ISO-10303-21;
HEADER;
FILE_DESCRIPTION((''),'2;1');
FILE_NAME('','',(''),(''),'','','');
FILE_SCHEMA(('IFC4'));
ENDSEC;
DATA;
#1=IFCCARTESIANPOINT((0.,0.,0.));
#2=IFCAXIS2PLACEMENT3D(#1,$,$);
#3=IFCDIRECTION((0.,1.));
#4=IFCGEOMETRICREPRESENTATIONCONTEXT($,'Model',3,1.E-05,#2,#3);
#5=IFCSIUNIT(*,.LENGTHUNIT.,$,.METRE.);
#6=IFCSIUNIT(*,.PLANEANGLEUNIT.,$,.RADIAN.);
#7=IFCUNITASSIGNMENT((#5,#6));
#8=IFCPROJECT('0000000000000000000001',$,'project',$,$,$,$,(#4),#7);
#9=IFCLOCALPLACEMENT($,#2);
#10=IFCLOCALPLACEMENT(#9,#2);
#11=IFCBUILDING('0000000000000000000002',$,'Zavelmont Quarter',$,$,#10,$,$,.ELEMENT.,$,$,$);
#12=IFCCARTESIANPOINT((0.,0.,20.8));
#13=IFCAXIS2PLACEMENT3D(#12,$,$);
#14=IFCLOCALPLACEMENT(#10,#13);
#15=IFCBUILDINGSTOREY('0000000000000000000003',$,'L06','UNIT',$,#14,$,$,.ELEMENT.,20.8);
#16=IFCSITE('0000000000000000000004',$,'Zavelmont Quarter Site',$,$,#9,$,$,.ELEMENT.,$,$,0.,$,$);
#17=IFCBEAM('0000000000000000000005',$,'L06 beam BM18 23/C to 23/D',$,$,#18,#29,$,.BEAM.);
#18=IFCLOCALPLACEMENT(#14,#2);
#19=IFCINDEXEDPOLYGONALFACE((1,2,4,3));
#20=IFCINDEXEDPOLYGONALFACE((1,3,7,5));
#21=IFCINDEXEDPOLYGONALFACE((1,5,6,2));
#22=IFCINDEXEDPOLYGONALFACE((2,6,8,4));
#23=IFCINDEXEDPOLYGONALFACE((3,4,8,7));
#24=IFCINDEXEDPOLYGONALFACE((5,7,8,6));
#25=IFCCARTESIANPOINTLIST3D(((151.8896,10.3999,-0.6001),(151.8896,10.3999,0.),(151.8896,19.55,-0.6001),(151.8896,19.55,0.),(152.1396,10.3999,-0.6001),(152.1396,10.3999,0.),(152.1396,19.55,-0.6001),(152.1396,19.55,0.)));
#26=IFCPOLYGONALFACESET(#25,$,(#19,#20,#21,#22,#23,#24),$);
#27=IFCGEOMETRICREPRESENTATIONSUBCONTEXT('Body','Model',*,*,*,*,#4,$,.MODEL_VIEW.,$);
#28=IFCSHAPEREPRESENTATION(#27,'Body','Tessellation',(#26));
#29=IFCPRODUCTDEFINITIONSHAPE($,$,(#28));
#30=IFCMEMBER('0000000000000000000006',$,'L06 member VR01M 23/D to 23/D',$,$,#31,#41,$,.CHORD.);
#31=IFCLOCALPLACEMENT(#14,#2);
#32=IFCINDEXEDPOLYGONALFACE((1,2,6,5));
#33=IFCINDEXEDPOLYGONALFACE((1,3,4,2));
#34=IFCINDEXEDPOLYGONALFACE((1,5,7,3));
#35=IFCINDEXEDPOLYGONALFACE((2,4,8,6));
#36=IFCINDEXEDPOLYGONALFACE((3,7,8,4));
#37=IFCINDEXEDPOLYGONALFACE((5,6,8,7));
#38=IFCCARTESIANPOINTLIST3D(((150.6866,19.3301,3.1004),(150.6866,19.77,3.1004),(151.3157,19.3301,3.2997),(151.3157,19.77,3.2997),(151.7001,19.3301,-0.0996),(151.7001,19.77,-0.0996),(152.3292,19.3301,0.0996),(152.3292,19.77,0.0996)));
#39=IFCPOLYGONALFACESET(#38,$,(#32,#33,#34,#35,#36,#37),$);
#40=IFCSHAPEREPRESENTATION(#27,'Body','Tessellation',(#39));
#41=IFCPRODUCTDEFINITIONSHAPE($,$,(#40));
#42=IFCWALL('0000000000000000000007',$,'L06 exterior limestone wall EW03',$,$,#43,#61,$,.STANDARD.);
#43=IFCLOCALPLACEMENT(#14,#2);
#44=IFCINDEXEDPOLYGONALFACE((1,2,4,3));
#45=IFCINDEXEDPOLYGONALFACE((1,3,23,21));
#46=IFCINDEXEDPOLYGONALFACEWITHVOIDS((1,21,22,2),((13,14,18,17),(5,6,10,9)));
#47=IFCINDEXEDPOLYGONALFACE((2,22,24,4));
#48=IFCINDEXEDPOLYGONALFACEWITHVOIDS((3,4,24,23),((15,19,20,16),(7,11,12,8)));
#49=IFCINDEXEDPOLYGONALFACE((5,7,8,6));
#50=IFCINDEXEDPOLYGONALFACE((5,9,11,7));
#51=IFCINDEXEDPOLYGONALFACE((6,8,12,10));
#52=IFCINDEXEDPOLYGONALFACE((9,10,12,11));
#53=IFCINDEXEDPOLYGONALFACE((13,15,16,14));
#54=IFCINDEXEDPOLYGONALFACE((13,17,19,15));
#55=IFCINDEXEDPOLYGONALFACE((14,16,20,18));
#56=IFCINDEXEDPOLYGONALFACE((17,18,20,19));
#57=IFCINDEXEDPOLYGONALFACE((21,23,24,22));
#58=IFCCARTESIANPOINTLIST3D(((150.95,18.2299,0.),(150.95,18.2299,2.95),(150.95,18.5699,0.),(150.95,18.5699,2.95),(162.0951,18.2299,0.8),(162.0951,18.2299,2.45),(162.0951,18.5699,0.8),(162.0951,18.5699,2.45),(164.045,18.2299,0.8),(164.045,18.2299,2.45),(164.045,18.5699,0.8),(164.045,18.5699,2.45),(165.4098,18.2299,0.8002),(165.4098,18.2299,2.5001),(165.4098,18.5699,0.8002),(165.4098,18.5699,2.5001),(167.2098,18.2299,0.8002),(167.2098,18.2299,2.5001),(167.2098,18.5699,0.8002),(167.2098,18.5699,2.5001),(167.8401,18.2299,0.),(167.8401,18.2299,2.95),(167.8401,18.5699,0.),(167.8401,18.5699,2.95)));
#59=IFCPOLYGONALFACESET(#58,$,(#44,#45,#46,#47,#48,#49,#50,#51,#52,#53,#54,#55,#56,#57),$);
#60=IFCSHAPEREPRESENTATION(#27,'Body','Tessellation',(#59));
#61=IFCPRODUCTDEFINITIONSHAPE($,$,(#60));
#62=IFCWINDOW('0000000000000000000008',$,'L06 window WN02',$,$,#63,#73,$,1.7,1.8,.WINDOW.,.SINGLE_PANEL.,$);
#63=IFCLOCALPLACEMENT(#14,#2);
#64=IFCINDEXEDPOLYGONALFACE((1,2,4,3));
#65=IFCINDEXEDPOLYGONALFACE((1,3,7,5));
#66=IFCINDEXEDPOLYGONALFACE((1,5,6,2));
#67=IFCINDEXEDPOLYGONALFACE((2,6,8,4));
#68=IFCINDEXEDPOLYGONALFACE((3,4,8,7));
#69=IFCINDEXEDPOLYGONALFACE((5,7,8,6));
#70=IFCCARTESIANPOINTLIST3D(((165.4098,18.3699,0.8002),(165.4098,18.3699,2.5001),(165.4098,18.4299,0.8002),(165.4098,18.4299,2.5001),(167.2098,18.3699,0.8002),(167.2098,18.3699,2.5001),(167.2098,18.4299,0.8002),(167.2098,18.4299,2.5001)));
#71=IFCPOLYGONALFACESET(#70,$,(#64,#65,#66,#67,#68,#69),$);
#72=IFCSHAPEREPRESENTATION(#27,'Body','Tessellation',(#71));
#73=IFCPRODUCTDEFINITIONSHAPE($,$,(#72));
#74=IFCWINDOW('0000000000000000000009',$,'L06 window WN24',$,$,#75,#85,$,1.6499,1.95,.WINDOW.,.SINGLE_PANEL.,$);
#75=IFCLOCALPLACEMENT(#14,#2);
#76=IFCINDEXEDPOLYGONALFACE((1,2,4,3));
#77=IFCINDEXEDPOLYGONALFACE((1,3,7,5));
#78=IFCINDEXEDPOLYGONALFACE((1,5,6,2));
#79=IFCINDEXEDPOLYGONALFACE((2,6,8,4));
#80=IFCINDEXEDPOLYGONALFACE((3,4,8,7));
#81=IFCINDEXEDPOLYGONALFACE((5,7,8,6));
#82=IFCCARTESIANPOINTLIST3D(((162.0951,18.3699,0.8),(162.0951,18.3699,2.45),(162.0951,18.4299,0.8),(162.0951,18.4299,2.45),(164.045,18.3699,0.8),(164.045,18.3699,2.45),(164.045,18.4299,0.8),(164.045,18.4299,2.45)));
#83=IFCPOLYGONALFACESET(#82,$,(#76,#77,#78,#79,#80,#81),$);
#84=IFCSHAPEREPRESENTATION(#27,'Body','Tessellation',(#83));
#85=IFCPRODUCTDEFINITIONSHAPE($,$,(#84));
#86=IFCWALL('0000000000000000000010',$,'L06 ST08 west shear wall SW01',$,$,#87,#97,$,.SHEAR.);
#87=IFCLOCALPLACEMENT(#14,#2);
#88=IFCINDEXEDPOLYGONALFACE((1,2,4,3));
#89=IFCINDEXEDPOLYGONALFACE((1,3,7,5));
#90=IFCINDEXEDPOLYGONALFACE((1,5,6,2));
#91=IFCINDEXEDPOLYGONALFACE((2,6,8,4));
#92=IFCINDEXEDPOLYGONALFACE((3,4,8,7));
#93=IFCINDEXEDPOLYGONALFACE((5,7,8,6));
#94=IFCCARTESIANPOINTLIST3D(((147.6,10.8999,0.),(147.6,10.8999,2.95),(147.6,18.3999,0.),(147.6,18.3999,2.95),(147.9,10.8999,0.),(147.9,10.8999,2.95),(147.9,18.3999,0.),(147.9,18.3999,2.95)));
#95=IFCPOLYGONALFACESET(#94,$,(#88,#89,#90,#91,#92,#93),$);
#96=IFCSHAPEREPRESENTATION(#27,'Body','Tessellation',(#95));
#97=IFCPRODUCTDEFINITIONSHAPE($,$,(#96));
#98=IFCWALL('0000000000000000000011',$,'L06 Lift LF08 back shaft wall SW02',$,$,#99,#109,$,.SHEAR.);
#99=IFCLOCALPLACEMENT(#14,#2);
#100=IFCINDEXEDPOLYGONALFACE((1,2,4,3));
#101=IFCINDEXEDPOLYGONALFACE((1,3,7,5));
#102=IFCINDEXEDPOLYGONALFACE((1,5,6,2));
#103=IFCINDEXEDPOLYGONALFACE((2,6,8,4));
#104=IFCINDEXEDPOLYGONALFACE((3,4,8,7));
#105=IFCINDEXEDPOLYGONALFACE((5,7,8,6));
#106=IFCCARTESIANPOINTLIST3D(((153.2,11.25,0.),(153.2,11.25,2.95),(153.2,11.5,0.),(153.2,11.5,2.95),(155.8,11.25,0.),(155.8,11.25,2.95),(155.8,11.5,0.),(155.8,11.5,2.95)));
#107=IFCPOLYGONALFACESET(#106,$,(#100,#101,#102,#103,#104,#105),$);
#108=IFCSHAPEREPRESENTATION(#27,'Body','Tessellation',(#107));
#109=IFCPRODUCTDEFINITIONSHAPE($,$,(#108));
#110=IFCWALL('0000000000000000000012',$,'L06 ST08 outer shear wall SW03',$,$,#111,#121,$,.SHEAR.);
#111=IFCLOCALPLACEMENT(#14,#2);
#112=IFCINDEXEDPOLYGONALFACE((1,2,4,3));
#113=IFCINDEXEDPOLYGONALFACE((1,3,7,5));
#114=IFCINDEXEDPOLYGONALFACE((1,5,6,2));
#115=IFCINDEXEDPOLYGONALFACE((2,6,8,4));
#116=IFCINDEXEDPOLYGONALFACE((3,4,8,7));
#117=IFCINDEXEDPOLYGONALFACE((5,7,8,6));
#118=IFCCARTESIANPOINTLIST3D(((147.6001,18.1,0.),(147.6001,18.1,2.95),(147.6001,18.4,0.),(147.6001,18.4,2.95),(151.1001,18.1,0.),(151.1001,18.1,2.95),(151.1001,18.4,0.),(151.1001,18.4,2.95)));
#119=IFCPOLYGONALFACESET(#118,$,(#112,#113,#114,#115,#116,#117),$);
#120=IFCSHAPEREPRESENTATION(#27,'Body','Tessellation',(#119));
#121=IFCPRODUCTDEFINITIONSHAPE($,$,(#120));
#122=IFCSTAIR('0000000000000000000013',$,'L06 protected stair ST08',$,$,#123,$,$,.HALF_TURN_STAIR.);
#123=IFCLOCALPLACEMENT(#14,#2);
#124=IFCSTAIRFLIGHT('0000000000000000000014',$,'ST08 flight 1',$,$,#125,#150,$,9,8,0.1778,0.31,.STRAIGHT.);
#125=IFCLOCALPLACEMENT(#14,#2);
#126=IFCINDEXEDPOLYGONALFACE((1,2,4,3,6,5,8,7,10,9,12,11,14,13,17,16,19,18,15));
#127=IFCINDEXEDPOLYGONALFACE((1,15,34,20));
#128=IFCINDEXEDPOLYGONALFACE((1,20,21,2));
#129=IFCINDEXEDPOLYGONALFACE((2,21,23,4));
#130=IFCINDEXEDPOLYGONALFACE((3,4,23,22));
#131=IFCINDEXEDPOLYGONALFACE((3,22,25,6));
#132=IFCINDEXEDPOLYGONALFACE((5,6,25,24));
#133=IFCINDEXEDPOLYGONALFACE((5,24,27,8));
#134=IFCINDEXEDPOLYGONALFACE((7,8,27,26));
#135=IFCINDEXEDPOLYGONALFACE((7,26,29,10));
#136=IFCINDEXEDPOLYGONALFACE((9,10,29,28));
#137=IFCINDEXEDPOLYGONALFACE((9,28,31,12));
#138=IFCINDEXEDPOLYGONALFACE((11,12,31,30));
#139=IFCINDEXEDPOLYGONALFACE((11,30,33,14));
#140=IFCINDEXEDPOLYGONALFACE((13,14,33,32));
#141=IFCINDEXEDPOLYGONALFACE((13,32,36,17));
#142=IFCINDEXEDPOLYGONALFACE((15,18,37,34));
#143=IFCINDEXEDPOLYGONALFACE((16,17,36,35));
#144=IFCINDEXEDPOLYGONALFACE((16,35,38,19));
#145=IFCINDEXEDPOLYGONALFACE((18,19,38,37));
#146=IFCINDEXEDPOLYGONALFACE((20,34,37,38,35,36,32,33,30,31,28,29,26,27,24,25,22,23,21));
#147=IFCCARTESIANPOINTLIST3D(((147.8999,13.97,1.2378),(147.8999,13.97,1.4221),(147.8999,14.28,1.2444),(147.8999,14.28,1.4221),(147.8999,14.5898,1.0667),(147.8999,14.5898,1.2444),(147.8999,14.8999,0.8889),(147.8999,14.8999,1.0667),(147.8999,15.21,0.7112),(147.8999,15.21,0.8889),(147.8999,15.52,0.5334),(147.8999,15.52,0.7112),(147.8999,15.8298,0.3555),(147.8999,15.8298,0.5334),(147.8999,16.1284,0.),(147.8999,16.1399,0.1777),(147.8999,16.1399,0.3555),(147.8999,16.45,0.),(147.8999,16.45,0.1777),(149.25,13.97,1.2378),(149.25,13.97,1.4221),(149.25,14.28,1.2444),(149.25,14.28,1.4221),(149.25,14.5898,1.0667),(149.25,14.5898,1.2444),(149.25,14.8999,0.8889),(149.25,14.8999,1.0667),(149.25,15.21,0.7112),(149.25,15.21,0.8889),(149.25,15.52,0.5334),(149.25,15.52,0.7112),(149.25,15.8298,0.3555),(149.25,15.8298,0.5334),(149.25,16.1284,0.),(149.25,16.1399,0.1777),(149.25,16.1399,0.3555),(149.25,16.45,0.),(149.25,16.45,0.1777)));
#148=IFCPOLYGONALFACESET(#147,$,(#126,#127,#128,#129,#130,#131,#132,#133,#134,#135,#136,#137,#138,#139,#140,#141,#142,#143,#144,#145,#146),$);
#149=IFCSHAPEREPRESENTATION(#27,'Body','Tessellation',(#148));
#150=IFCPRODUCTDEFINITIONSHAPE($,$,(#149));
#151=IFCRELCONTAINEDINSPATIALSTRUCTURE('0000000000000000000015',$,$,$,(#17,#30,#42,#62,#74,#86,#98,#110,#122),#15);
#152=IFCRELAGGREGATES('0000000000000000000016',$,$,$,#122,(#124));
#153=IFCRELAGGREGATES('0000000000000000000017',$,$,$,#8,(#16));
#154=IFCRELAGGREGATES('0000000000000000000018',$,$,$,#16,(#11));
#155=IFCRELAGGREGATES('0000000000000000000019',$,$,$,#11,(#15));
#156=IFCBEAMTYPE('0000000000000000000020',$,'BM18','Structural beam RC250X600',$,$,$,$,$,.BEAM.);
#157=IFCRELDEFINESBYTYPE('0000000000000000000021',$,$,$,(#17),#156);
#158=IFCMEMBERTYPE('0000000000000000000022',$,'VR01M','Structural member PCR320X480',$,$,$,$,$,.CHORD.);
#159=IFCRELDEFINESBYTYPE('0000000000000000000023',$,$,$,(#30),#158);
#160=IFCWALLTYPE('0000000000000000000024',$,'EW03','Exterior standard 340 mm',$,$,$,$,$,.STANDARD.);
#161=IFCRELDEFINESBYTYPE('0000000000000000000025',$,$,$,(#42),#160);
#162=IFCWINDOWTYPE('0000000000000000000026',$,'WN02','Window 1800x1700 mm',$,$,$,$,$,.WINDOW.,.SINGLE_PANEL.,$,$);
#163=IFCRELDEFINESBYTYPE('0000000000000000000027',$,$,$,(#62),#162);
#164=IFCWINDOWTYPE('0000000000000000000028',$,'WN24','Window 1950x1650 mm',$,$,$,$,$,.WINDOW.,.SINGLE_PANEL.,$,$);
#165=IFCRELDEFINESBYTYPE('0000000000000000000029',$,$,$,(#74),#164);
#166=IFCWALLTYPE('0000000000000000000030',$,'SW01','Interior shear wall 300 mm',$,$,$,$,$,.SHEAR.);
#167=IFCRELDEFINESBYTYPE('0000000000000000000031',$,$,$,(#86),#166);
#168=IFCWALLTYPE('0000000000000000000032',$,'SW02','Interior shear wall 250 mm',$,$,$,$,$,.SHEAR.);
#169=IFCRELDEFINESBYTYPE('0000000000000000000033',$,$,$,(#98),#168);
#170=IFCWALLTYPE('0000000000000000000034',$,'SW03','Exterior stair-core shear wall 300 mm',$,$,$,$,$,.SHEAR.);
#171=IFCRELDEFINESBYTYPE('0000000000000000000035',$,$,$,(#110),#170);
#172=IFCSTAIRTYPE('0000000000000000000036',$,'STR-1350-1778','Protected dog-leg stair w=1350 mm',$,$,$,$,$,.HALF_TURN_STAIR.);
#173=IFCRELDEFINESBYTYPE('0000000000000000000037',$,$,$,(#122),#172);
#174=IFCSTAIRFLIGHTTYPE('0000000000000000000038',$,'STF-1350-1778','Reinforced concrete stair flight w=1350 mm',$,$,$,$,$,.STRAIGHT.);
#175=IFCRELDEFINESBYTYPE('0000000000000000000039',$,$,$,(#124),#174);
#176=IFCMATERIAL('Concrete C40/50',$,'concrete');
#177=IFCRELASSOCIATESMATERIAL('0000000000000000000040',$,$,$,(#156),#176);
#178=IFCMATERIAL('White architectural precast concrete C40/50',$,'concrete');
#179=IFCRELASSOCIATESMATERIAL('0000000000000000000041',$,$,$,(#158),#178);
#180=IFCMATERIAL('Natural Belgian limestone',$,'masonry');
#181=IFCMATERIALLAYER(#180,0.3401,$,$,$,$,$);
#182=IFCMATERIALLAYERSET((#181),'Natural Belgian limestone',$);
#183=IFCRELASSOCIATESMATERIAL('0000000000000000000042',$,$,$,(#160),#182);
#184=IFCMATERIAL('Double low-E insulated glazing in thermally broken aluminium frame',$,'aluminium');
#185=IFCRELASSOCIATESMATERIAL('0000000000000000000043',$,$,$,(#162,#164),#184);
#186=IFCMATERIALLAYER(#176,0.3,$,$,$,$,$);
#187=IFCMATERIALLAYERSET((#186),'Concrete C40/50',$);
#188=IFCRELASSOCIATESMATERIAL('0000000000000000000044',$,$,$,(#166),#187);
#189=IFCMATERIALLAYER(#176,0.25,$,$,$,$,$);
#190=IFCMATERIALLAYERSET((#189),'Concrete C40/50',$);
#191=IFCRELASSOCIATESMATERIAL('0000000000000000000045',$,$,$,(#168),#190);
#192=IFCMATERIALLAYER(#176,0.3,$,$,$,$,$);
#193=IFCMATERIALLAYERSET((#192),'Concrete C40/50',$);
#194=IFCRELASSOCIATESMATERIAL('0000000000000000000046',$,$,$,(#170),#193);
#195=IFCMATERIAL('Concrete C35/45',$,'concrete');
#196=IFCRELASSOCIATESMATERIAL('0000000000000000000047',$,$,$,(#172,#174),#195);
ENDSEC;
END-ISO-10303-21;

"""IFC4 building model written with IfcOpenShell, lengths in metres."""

from ifc_helpers import new_model, si_unit, direction, frame, frame_2d, origin, origin_with_axes, origin_2d, place, context, subcontext, project, spatial, polyline, rectangle, outline, extrude, material, layer, layer_set, material_profile, profile_set, type_object, element, fill, aggregate, save


model = new_model("IFC4")

# Units and contexts
model_context = context("Model", 3, precision=1e-05, world=origin(), true_north=direction((0.0, 1.0)))
body_context = subcontext(model_context, "Body", "Model", "MODEL_VIEW")
ifc_project = project(units=[si_unit("LENGTHUNIT", "METRE"), si_unit("PLANEANGLEUNIT", "RADIAN")], contexts=[model_context])

# Site, building, storey
site_placement = place(None, origin())
site = spatial("IfcSite", under=ifc_project, at=site_placement, Name="Zavelmont Quarter Site", CompositionType="ELEMENT", RefElevation=0.0)
building_placement = place(site_placement, origin())
building = spatial("IfcBuilding", under=site, at=building_placement, Name="Zavelmont Quarter", CompositionType="ELEMENT")
storey_placement = place(building_placement, frame((0.0, 0.0, 20.8)))
storey = spatial("IfcBuildingStorey", under=building, at=storey_placement, Name="L06", Description="UNIT", CompositionType="ELEMENT", Elevation=20.8)

# Beam
ifc_material_1 = material(Name="Concrete C40/50", Category="concrete")
ifc_material_profile_1 = material_profile(ifc_material_1, rectangle(XDim=0.25, YDim=0.6001, at=origin_2d()), Name="RC250X600")
ifc_profile_set_1 = profile_set([ifc_material_profile_1], Name="Concrete C40/50")
beam_type = type_object("IfcBeamType", Name="BM18", Description="Structural beam RC250X600", PredefinedType="BEAM", material=ifc_profile_set_1)
beam_placement = place(storey_placement, frame((152.0146, 10.3999, -0.3), z_axis=(0.0, 1.0, 0.0), x_axis=(-1.0, 0.0, 0.0)))
element("IfcBeam", 1, at=beam_placement, inside=storey, type_object=beam_type, Name="L06 beam BM18 23/C to 23/D", PredefinedType="BEAM", context=body_context, shape_type="SweptSolid", body=[
    extrude(rectangle(XDim=0.25, YDim=0.6001, at=origin_2d()), origin(), (0.0, 0.0, 1.0), 9.1501),
])

# Member
ifc_material_2 = material(Name="White architectural precast concrete C40/50", Category="concrete")
ifc_material_profile_2 = material_profile(ifc_material_2, rectangle(XDim=0.4399, YDim=0.6599, at=origin_2d()), Name="PCR320X480")
ifc_profile_set_2 = profile_set([ifc_material_profile_2], Name="White architectural precast concrete C40/50")
member_type = type_object("IfcMemberType", Name="VR01M", Description="Structural member PCR320X480", PredefinedType="CHORD", material=ifc_profile_set_2)
member_placement = place(storey_placement, frame((152.0146, 19.55, 0.0), z_axis=(-0.301921, 0.0, 0.953333), x_axis=(0.0, -1.0, 0.0)))
element("IfcMember", 2, at=member_placement, inside=storey, type_object=member_type, Name="L06 member VR01M 23/D to 23/D", PredefinedType="CHORD", context=body_context, shape_type="SweptSolid", body=[
    extrude(rectangle(XDim=0.4399, YDim=0.6599, at=origin_2d()), origin(), (0.0, 0.0, 1.0), 3.3567),
])

# Wall, openings, windows
ifc_material_3 = material(Name="Natural Belgian limestone", Category="masonry")
ifc_layer_1 = layer(ifc_material_3, 0.3401)
ifc_layer_set_1 = layer_set([ifc_layer_1], Name="Natural Belgian limestone")
wall_type_1 = type_object("IfcWallType", Name="EW03", Description="Exterior standard 340 mm", PredefinedType="STANDARD", material=ifc_layer_set_1)
wall_1_placement = place(storey_placement, frame((150.95, 18.3999, 0.0), z_axis=(0.0, 0.0, 1.0), x_axis=(1.0, 0.0, 0.0)))
wall_1 = element("IfcWall", 3, at=wall_1_placement, inside=storey, type_object=wall_type_1, Name="L06 exterior limestone wall EW03", PredefinedType="STANDARD", context=body_context, shape_type="SweptSolid", body=[
    extrude(rectangle(XDim=16.8901, YDim=0.3401, at=frame_2d((8.4451, 0.0))), origin(), (0.0, 0.0, 1.0), 2.95),
])
opening_1_placement = place(wall_1_placement, frame((11.145, 0.0, 0.8)))
opening_1 = element("IfcOpeningElement", 4, at=opening_1_placement, cuts=wall_1, PredefinedType="OPENING", context=body_context, shape_type="SweptSolid", body=[
    extrude(rectangle(XDim=1.95, YDim=1.6499, at=frame_2d((0.9751, 0.825))), frame((0.0, 0.1821, 0.0), z_axis=(0.0, -1.0, 0.0), x_axis=(1.0, 0.0, 0.0)), (0.0, 0.0, 1.0), 0.364),
])
opening_2_placement = place(wall_1_placement, frame((14.46, 0.0, 0.8)))
opening_2 = element("IfcOpeningElement", 5, at=opening_2_placement, cuts=wall_1, PredefinedType="OPENING", context=body_context, shape_type="SweptSolid", body=[
    extrude(rectangle(XDim=1.8, YDim=1.7, at=frame_2d((0.8999, 0.8501))), frame((0.0, 0.1821, 0.0), z_axis=(0.0, -1.0, 0.0), x_axis=(1.0, 0.0, 0.0)), (0.0, 0.0, 1.0), 0.364),
])
ifc_material_4 = material(Name="Double low-E insulated glazing in thermally broken aluminium frame", Category="aluminium")
window_type_1 = type_object("IfcWindowType", Name="WN02", Description="Window 1800x1700 mm", PartitioningType="SINGLE_PANEL", PredefinedType="WINDOW", material=ifc_material_4)
window_1_placement = place(opening_2_placement, origin_with_axes())
window_1 = element("IfcWindow", 6, at=window_1_placement, inside=storey, type_object=window_type_1, Name="L06 window WN02", OverallHeight=1.7, OverallWidth=1.8, PartitioningType="SINGLE_PANEL", PredefinedType="WINDOW", context=body_context, shape_type="SweptSolid", body=[
    extrude(rectangle(XDim=1.8, YDim=1.7, at=frame_2d((0.8999, 0.8501))), frame((0.0, 0.03, 0.0), z_axis=(0.0, -1.0, 0.0), x_axis=(1.0, 0.0, 0.0)), (0.0, 0.0, 1.0), 0.0601),
])
fill(opening_2, window_1)
window_type_2 = type_object("IfcWindowType", Name="WN24", Description="Window 1950x1650 mm", PartitioningType="SINGLE_PANEL", PredefinedType="WINDOW", material=ifc_material_4)
window_2_placement = place(opening_1_placement, origin_with_axes())
window_2 = element("IfcWindow", 7, at=window_2_placement, inside=storey, type_object=window_type_2, Name="L06 window WN24", OverallHeight=1.6499, OverallWidth=1.95, PartitioningType="SINGLE_PANEL", PredefinedType="WINDOW", context=body_context, shape_type="SweptSolid", body=[
    extrude(rectangle(XDim=1.95, YDim=1.6499, at=frame_2d((0.9751, 0.825))), frame((0.0, 0.03, 0.0), z_axis=(0.0, -1.0, 0.0), x_axis=(1.0, 0.0, 0.0)), (0.0, 0.0, 1.0), 0.0601),
])
fill(opening_1, window_2)

# Wall
ifc_layer_2 = layer(ifc_material_1, 0.3)
ifc_layer_set_2 = layer_set([ifc_layer_2], Name="Concrete C40/50")
wall_type_2 = type_object("IfcWallType", Name="SW01", Description="Interior shear wall 300 mm", PredefinedType="SHEAR", material=ifc_layer_set_2)
wall_2_placement = place(storey_placement, frame((147.75, 10.8999, 0.0), z_axis=(0.0, 0.0, 1.0), x_axis=(0.0, 1.0, 0.0)))
element("IfcWall", 8, at=wall_2_placement, inside=storey, type_object=wall_type_2, Name="L06 ST08 west shear wall SW01", PredefinedType="SHEAR", context=body_context, shape_type="SweptSolid", body=[
    extrude(rectangle(XDim=7.5, YDim=0.3, at=frame_2d((3.75, 0.0))), origin(), (0.0, 0.0, 1.0), 2.95),
])

# Walls
ifc_layer_3 = layer(ifc_material_1, 0.25)
ifc_layer_set_3 = layer_set([ifc_layer_3], Name="Concrete C40/50")
wall_type_3 = type_object("IfcWallType", Name="SW02", Description="Interior shear wall 250 mm", PredefinedType="SHEAR", material=ifc_layer_set_3)
wall_3_placement = place(storey_placement, frame((153.2, 11.375, 0.0), z_axis=(0.0, 0.0, 1.0), x_axis=(1.0, 0.0, 0.0)))
element("IfcWall", 9, at=wall_3_placement, inside=storey, type_object=wall_type_3, Name="L06 Lift LF08 back shaft wall SW02", PredefinedType="SHEAR", context=body_context, shape_type="SweptSolid", body=[
    extrude(rectangle(XDim=2.6001, YDim=0.25, at=frame_2d((1.3, 0.0))), origin(), (0.0, 0.0, 1.0), 2.95),
])
ifc_layer_4 = layer(ifc_material_1, 0.3)
ifc_layer_set_4 = layer_set([ifc_layer_4], Name="Concrete C40/50")
wall_type_4 = type_object("IfcWallType", Name="SW03", Description="Exterior stair-core shear wall 300 mm", PredefinedType="SHEAR", material=ifc_layer_set_4)
wall_4_placement = place(storey_placement, frame((147.6001, 18.25, 0.0), z_axis=(0.0, 0.0, 1.0), x_axis=(1.0, 0.0, 0.0)))
element("IfcWall", 10, at=wall_4_placement, inside=storey, type_object=wall_type_4, Name="L06 ST08 outer shear wall SW03", PredefinedType="SHEAR", context=body_context, shape_type="SweptSolid", body=[
    extrude(rectangle(XDim=3.5, YDim=0.3, at=frame_2d((1.75, 0.0))), origin(), (0.0, 0.0, 1.0), 2.95),
])

# Stair, stair flight
ifc_material_5 = material(Name="Concrete C35/45", Category="concrete")
stair_type = type_object("IfcStairType", Name="STR-1350-1778", Description="Protected dog-leg stair w=1350 mm", PredefinedType="HALF_TURN_STAIR", material=ifc_material_5)
stair_placement = place(storey_placement, origin())
stair = element("IfcStair", 11, at=stair_placement, inside=storey, type_object=stair_type, Name="L06 protected stair ST08", PredefinedType="HALF_TURN_STAIR")
stair_flight_type = type_object("IfcStairFlightType", Name="STF-1350-1778", Description="Reinforced concrete stair flight w=1350 mm", PredefinedType="STRAIGHT", material=ifc_material_5)
stair_flight_1_placement = place(storey_placement, frame((148.575, 16.45, 0.0), z_axis=(0.0, 0.0, 1.0), x_axis=(0.0, -1.0, 0.0)))
stair_flight_1 = element("IfcStairFlight", 12, at=stair_flight_1_placement, type_object=stair_flight_type, Name="ST08 flight 1", NumberOfRisers=9, NumberOfTreads=8, PredefinedType="STRAIGHT", RiserHeight=0.1778, TreadLength=0.31, context=body_context, shape_type="SweptSolid", body=[
    extrude(outline(polyline([(0.0, 0.0), (0.0, 0.1777), (0.3101, 0.1777), (0.3101, 0.3555), (0.6201, 0.3555), (0.6201, 0.5334), (0.9299, 0.5334), (0.9299, 0.7112), (1.24, 0.7112), (1.24, 0.8889), (1.55, 0.8889), (1.55, 1.0667), (1.8601, 1.0667), (1.8601, 1.2444), (2.1699, 1.2444), (2.1699, 1.4221), (2.48, 1.4221), (2.48, 1.6001), (2.48, 1.2378), (0.3215, 0.0), (0.0, 0.0)])), frame((0.0, 0.675, 0.0), z_axis=(0.0, -1.0, 0.0), x_axis=(1.0, 0.0, 0.0)), (0.0, 0.0, 1.0), 1.3501),
])
aggregate(stair, [stair_flight_1])

save(model, "model.ifc")
